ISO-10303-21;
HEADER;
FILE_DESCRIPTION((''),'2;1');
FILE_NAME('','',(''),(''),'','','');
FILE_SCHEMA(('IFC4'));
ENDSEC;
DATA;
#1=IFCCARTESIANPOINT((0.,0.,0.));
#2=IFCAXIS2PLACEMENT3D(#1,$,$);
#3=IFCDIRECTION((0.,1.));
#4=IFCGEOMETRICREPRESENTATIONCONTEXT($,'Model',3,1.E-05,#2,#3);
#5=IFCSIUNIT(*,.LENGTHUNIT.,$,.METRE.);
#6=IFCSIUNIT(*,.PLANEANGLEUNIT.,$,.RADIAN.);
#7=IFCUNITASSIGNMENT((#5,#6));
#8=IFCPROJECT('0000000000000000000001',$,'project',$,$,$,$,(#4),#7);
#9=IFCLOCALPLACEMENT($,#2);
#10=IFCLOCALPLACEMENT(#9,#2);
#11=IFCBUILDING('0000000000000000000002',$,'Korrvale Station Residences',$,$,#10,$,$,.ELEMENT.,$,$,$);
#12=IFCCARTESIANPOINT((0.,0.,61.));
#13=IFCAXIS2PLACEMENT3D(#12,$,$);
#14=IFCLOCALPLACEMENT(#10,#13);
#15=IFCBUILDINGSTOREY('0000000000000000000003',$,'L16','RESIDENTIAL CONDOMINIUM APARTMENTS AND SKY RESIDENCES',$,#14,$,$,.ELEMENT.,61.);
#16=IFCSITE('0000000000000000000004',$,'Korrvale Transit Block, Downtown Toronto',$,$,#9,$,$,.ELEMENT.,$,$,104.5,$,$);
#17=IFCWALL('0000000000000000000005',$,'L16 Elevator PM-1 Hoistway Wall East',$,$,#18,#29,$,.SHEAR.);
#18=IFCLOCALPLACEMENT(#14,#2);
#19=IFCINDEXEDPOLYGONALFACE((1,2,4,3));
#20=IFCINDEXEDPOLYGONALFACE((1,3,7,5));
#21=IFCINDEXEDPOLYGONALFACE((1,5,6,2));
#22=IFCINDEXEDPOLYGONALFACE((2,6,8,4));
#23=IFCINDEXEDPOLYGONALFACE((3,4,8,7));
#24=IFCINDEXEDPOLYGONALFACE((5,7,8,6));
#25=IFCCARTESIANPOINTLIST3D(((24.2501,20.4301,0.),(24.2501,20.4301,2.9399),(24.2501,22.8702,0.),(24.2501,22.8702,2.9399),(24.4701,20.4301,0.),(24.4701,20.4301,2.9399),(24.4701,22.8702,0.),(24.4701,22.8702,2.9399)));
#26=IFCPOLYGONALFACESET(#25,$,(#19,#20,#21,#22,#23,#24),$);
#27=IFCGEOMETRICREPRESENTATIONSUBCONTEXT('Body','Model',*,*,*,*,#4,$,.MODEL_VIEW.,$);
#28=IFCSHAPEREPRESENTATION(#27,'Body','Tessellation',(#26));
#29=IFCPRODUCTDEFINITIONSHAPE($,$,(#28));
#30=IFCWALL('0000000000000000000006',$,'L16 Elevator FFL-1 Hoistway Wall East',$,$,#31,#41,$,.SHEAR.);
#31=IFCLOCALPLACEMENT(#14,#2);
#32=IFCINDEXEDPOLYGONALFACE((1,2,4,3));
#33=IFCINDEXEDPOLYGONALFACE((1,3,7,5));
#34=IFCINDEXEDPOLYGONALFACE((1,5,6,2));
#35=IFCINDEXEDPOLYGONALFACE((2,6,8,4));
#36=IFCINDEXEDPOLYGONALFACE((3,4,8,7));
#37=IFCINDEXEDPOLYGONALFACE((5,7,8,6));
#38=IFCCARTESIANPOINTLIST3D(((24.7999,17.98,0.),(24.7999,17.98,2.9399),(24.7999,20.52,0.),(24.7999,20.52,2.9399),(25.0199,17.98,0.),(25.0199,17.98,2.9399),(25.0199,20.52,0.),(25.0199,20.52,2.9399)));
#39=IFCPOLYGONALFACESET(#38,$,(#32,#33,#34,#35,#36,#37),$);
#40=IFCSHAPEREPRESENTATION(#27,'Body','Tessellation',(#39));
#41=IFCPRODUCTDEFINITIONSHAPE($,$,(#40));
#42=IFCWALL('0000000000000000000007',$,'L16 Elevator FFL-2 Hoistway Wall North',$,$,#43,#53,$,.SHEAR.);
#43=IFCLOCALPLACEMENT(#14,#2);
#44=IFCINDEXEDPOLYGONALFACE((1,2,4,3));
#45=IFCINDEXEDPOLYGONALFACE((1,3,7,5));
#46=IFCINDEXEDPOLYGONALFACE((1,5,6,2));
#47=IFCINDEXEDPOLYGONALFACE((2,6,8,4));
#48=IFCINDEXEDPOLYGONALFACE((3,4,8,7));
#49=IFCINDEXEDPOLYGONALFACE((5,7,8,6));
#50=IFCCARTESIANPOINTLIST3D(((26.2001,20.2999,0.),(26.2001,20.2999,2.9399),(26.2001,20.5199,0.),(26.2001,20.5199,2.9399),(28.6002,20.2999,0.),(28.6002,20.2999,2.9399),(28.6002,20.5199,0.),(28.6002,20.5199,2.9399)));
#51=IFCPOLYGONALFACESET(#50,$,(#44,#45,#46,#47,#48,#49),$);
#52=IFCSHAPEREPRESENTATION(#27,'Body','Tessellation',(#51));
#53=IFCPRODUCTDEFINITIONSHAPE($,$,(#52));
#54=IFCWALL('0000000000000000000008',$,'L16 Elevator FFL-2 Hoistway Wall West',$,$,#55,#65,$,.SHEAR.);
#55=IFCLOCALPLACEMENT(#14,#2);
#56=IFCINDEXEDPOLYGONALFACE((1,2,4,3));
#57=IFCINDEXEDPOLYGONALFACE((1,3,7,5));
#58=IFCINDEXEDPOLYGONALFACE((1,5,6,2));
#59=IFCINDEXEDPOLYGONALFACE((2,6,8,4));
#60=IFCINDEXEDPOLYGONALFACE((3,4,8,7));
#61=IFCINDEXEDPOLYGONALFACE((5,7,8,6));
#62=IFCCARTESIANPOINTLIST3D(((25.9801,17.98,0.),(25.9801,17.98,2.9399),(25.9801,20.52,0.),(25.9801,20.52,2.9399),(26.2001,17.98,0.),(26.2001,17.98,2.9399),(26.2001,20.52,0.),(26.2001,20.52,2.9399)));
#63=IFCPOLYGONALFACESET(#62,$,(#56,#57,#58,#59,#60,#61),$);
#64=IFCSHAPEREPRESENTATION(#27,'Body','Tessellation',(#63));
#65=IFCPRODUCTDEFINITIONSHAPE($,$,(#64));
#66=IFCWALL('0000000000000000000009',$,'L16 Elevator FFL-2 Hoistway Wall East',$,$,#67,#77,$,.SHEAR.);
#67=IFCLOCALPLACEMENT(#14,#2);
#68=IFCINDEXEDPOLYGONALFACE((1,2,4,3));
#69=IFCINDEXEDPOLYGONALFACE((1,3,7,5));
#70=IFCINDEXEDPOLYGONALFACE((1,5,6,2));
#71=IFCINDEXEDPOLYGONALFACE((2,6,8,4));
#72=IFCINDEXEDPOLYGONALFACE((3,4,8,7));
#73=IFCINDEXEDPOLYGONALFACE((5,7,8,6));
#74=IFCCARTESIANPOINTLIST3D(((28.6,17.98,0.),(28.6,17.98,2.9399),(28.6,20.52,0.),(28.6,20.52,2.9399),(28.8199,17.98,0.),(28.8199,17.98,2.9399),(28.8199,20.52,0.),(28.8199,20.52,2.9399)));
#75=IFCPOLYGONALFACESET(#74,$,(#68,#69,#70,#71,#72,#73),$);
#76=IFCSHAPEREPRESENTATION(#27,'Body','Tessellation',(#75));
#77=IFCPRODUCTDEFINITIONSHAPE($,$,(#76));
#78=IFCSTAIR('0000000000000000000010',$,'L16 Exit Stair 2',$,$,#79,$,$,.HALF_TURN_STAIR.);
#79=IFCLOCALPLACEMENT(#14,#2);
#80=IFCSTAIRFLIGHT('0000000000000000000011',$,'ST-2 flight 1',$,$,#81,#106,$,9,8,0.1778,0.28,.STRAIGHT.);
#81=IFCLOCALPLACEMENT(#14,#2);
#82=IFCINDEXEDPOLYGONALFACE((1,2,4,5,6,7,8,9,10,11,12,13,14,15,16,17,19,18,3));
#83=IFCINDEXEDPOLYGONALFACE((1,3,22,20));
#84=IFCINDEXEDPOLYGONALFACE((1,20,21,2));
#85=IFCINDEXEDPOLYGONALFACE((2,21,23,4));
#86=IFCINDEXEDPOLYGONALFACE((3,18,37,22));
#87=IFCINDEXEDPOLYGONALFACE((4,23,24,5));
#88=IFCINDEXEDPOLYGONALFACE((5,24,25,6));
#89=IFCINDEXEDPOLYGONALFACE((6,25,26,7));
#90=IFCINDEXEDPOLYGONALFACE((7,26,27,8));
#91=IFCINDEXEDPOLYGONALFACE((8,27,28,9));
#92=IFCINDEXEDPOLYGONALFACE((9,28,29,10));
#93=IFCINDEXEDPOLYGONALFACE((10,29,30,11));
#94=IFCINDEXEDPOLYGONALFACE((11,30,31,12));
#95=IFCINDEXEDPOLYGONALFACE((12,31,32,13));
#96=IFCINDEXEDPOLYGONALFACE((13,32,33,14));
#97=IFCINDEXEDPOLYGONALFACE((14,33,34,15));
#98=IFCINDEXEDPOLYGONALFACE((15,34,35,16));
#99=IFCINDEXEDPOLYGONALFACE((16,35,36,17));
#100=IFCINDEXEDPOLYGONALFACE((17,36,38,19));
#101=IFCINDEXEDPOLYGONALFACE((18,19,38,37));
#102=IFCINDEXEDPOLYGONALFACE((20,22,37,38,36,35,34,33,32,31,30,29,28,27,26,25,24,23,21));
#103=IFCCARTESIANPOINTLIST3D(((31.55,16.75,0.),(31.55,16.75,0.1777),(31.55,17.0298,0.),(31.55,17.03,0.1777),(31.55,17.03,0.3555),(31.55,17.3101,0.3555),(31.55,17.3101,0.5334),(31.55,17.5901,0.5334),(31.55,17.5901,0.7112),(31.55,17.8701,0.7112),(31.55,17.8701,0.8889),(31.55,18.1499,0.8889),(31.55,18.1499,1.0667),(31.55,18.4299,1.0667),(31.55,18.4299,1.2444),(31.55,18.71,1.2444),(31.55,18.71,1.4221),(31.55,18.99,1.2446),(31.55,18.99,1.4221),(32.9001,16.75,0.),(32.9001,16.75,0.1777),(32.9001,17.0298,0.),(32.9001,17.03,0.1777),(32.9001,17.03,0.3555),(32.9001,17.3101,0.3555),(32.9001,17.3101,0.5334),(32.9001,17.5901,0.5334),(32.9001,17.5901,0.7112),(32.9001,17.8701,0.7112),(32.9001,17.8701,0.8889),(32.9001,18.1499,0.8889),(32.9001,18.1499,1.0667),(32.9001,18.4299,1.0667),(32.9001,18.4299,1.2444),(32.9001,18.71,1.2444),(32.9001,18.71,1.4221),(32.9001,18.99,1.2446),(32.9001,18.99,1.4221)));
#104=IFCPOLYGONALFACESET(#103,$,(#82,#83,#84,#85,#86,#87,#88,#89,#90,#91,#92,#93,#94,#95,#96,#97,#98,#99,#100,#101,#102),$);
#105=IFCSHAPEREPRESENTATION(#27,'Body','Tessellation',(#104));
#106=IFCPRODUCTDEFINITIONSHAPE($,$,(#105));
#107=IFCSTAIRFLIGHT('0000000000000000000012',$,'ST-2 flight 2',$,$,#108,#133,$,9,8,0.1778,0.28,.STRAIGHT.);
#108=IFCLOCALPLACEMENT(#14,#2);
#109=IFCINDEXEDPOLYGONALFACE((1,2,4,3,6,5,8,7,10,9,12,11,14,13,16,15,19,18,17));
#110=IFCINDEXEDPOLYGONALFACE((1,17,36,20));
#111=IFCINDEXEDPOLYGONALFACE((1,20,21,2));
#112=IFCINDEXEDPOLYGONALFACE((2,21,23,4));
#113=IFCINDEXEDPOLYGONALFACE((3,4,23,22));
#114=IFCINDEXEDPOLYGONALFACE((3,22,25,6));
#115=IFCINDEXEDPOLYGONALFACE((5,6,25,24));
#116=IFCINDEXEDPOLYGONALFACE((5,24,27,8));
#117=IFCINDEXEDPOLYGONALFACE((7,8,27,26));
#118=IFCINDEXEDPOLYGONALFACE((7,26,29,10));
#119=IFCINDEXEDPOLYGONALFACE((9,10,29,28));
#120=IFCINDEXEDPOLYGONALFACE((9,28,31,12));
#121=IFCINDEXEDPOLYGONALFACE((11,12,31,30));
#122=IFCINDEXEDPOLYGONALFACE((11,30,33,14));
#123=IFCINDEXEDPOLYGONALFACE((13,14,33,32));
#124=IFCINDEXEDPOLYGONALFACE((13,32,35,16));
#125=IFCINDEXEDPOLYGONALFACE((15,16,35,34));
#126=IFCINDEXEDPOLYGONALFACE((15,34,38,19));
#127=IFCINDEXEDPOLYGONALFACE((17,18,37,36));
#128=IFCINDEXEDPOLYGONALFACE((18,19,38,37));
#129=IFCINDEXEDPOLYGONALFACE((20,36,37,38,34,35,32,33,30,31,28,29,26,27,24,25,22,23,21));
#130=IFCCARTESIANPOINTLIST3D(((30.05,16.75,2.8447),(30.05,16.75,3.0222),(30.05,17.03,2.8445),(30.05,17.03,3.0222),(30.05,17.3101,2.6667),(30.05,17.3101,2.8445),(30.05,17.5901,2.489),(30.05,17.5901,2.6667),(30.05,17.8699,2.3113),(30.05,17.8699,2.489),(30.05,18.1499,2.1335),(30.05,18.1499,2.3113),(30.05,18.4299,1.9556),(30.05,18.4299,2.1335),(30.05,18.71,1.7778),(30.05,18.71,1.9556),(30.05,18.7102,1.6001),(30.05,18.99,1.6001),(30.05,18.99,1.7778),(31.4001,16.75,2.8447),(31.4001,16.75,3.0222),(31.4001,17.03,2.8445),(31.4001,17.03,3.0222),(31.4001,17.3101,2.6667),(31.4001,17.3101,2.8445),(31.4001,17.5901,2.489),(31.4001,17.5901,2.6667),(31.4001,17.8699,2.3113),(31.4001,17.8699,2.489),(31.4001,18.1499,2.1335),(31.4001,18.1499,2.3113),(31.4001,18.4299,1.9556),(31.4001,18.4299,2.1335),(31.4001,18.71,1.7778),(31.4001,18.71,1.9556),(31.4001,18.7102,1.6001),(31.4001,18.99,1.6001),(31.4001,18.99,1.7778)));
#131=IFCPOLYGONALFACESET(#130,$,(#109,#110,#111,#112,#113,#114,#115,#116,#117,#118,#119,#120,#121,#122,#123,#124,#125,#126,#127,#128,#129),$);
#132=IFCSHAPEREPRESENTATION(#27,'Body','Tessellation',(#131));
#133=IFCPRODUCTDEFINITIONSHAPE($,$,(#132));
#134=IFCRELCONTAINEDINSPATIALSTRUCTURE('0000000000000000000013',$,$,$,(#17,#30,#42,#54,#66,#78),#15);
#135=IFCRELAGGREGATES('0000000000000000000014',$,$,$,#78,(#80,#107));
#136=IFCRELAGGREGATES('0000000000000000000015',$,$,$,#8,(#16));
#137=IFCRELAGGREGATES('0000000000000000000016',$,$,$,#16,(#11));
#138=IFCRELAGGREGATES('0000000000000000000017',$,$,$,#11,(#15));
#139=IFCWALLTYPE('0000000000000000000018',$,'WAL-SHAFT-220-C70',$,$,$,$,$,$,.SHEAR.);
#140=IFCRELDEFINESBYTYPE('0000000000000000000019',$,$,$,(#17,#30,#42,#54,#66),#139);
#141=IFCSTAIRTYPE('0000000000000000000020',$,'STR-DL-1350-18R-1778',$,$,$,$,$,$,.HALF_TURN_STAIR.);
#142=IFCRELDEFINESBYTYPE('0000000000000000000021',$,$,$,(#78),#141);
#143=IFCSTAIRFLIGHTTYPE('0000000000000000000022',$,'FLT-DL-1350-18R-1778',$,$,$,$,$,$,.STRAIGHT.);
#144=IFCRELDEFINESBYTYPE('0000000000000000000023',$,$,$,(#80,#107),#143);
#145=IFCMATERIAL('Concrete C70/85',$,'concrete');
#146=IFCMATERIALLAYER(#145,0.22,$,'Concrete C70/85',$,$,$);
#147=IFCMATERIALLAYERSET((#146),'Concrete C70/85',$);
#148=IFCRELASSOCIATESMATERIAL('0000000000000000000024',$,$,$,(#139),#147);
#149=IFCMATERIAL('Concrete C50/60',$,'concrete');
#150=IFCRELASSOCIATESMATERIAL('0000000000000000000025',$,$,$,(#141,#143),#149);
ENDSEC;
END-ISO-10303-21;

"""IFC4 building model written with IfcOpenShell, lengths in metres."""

from ifc_helpers import new_model, si_unit, direction, frame, frame_2d, origin, place, context, subcontext, project, spatial, polyline, rectangle, outline, extrude, material, layer, layer_set, type_object, element, aggregate, save


model = new_model("IFC4")

# Units and contexts
model_context = context("Model", 3, precision=1e-05, world=origin(), true_north=direction((0.0, 1.0)))
body_context = subcontext(model_context, "Body", "Model", "MODEL_VIEW")
ifc_project = project(units=[si_unit("LENGTHUNIT", "METRE"), si_unit("PLANEANGLEUNIT", "RADIAN")], contexts=[model_context])

# Site, building, storey
site_placement = place(None, origin())
site = spatial("IfcSite", under=ifc_project, at=site_placement, Name="Korrvale Transit Block, Downtown Toronto", CompositionType="ELEMENT", RefElevation=104.5)
building_placement = place(site_placement, origin())
building = spatial("IfcBuilding", under=site, at=building_placement, Name="Korrvale Station Residences", CompositionType="ELEMENT")
storey_placement = place(building_placement, frame((0.0, 0.0, 61.0)))
storey = spatial("IfcBuildingStorey", under=building, at=storey_placement, Name="L16", Description="RESIDENTIAL CONDOMINIUM APARTMENTS AND SKY RESIDENCES", CompositionType="ELEMENT", Elevation=61.0)

# Shared definitions
ifc_material_1 = material(Name="Concrete C70/85", Category="concrete")

# Walls
ifc_layer_1 = layer(ifc_material_1, 0.22, Name="Concrete C70/85")
ifc_layer_set_1 = layer_set([ifc_layer_1], Name="Concrete C70/85")
wall_type_1 = type_object("IfcWallType", Name="WAL-SHAFT-220-C70", PredefinedType="SHEAR", material=ifc_layer_set_1)
wall_1_placement = place(storey_placement, frame((24.3601, 20.4299, 0.0), z_axis=(0.0, 0.0, 1.0), x_axis=(0.0, 1.0, 0.0)))
element("IfcWall", 1, at=wall_1_placement, inside=storey, type_object=wall_type_1, Name="L16 Elevator PM-1 Hoistway Wall East", PredefinedType="SHEAR", context=body_context, shape_type="SweptSolid", body=[
    extrude(rectangle(XDim=2.4402, YDim=0.22, at=frame_2d((1.2202, 0.0))), origin(), (0.0, 0.0, 1.0), 2.9399),
])
wall_2_placement = place(storey_placement, frame((24.9099, 17.98, 0.0), z_axis=(0.0, 0.0, 1.0), x_axis=(0.0, 1.0, 0.0)))
element("IfcWall", 2, at=wall_2_placement, inside=storey, type_object=wall_type_1, Name="L16 Elevator FFL-1 Hoistway Wall East", PredefinedType="SHEAR", context=body_context, shape_type="SweptSolid", body=[
    extrude(rectangle(XDim=2.54, YDim=0.22, at=frame_2d((1.27, 0.0))), origin(), (0.0, 0.0, 1.0), 2.9399),
])

# Walls
wall_3_placement = place(storey_placement, frame((26.2, 20.4099, 0.0), z_axis=(0.0, 0.0, 1.0), x_axis=(1.0, 0.0, 0.0)))
element("IfcWall", 3, at=wall_3_placement, inside=storey, type_object=wall_type_1, Name="L16 Elevator FFL-2 Hoistway Wall North", PredefinedType="SHEAR", context=body_context, shape_type="SweptSolid", body=[
    extrude(rectangle(XDim=2.4001, YDim=0.22, at=frame_2d((1.2002, 0.0))), origin(), (0.0, 0.0, 1.0), 2.9399),
])
for number, where, z_axis, x_axis, name in (
    (4, (26.0901, 17.98, 0.0), (0.0, 0.0, 1.0), (0.0, 1.0, 0.0), "L16 Elevator FFL-2 Hoistway Wall West"),
    (5, (28.71, 17.98, 0.0), (0.0, 0.0, 1.0), (0.0, 1.0, 0.0), "L16 Elevator FFL-2 Hoistway Wall East"),
):
    element("IfcWall", number, at=place(storey_placement, frame(where, z_axis=z_axis, x_axis=x_axis)), inside=storey, type_object=wall_type_1, Name=name, PredefinedType="SHEAR", context=body_context, shape_type="SweptSolid", body=[
        extrude(rectangle(XDim=2.54, YDim=0.22, at=frame_2d((1.27, 0.0))), origin(), (0.0, 0.0, 1.0), 2.9399),
    ])

# Stair, stair flights
ifc_material_2 = material(Name="Concrete C50/60", Category="concrete")
stair_type = type_object("IfcStairType", Name="STR-DL-1350-18R-1778", PredefinedType="HALF_TURN_STAIR", material=ifc_material_2)
stair_placement = place(storey_placement, origin())
stair = element("IfcStair", 6, at=stair_placement, inside=storey, type_object=stair_type, Name="L16 Exit Stair 2", PredefinedType="HALF_TURN_STAIR")
stair_flight_type = type_object("IfcStairFlightType", Name="FLT-DL-1350-18R-1778", PredefinedType="STRAIGHT", material=ifc_material_2)
stair_flight_1_placement = place(storey_placement, frame((32.2251, 16.75, 0.0), z_axis=(0.0, 0.0, 1.0), x_axis=(0.0, 1.0, 0.0)))
stair_flight_1 = element("IfcStairFlight", 7, at=stair_flight_1_placement, type_object=stair_flight_type, Name="ST-2 flight 1", NumberOfRisers=9, NumberOfTreads=8, PredefinedType="STRAIGHT", RiserHeight=0.1778, TreadLength=0.28, context=body_context, shape_type="SweptSolid", body=[
    extrude(outline(polyline([(0.0, 0.0), (0.0, 0.1777), (0.28, 0.1777), (0.28, 0.3555), (0.5601, 0.3555), (0.5601, 0.5334), (0.8401, 0.5334), (0.8401, 0.7112), (1.1201, 0.7112), (1.1201, 0.8889), (1.3999, 0.8889), (1.3999, 1.0667), (1.6799, 1.0667), (1.6799, 1.2444), (1.96, 1.2444), (1.96, 1.4221), (2.24, 1.4221), (2.24, 1.6001), (2.24, 1.2446), (0.2798, 0.0), (0.0, 0.0)])), frame((0.0, 0.675, 0.0), z_axis=(0.0, -1.0, 0.0), x_axis=(1.0, 0.0, 0.0)), (0.0, 0.0, 1.0), 1.3501),
])
stair_flight_2_placement = place(storey_placement, frame((30.7251, 18.99, 1.6001), z_axis=(0.0, 0.0, 1.0), x_axis=(0.0, -1.0, 0.0)))
stair_flight_2 = element("IfcStairFlight", 8, at=stair_flight_2_placement, type_object=stair_flight_type, Name="ST-2 flight 2", NumberOfRisers=9, NumberOfTreads=8, PredefinedType="STRAIGHT", RiserHeight=0.1778, TreadLength=0.28, context=body_context, shape_type="SweptSolid", body=[
    extrude(outline(polyline([(0.0, 0.0), (0.0, 0.1777), (0.28, 0.1777), (0.28, 0.3555), (0.5601, 0.3555), (0.5601, 0.5334), (0.8401, 0.5334), (0.8401, 0.7112), (1.1201, 0.7112), (1.1201, 0.8889), (1.3999, 0.8889), (1.3999, 1.0667), (1.6799, 1.0667), (1.6799, 1.2444), (1.96, 1.2444), (1.96, 1.4221), (2.24, 1.4221), (2.24, 1.6001), (2.24, 1.2446), (0.2798, 0.0), (0.0, 0.0)])), frame((0.0, 0.675, 0.0), z_axis=(0.0, -1.0, 0.0), x_axis=(1.0, 0.0, 0.0)), (0.0, 0.0, 1.0), 1.3501),
])
aggregate(stair, [stair_flight_1, stair_flight_2])

save(model, "model.ifc")
